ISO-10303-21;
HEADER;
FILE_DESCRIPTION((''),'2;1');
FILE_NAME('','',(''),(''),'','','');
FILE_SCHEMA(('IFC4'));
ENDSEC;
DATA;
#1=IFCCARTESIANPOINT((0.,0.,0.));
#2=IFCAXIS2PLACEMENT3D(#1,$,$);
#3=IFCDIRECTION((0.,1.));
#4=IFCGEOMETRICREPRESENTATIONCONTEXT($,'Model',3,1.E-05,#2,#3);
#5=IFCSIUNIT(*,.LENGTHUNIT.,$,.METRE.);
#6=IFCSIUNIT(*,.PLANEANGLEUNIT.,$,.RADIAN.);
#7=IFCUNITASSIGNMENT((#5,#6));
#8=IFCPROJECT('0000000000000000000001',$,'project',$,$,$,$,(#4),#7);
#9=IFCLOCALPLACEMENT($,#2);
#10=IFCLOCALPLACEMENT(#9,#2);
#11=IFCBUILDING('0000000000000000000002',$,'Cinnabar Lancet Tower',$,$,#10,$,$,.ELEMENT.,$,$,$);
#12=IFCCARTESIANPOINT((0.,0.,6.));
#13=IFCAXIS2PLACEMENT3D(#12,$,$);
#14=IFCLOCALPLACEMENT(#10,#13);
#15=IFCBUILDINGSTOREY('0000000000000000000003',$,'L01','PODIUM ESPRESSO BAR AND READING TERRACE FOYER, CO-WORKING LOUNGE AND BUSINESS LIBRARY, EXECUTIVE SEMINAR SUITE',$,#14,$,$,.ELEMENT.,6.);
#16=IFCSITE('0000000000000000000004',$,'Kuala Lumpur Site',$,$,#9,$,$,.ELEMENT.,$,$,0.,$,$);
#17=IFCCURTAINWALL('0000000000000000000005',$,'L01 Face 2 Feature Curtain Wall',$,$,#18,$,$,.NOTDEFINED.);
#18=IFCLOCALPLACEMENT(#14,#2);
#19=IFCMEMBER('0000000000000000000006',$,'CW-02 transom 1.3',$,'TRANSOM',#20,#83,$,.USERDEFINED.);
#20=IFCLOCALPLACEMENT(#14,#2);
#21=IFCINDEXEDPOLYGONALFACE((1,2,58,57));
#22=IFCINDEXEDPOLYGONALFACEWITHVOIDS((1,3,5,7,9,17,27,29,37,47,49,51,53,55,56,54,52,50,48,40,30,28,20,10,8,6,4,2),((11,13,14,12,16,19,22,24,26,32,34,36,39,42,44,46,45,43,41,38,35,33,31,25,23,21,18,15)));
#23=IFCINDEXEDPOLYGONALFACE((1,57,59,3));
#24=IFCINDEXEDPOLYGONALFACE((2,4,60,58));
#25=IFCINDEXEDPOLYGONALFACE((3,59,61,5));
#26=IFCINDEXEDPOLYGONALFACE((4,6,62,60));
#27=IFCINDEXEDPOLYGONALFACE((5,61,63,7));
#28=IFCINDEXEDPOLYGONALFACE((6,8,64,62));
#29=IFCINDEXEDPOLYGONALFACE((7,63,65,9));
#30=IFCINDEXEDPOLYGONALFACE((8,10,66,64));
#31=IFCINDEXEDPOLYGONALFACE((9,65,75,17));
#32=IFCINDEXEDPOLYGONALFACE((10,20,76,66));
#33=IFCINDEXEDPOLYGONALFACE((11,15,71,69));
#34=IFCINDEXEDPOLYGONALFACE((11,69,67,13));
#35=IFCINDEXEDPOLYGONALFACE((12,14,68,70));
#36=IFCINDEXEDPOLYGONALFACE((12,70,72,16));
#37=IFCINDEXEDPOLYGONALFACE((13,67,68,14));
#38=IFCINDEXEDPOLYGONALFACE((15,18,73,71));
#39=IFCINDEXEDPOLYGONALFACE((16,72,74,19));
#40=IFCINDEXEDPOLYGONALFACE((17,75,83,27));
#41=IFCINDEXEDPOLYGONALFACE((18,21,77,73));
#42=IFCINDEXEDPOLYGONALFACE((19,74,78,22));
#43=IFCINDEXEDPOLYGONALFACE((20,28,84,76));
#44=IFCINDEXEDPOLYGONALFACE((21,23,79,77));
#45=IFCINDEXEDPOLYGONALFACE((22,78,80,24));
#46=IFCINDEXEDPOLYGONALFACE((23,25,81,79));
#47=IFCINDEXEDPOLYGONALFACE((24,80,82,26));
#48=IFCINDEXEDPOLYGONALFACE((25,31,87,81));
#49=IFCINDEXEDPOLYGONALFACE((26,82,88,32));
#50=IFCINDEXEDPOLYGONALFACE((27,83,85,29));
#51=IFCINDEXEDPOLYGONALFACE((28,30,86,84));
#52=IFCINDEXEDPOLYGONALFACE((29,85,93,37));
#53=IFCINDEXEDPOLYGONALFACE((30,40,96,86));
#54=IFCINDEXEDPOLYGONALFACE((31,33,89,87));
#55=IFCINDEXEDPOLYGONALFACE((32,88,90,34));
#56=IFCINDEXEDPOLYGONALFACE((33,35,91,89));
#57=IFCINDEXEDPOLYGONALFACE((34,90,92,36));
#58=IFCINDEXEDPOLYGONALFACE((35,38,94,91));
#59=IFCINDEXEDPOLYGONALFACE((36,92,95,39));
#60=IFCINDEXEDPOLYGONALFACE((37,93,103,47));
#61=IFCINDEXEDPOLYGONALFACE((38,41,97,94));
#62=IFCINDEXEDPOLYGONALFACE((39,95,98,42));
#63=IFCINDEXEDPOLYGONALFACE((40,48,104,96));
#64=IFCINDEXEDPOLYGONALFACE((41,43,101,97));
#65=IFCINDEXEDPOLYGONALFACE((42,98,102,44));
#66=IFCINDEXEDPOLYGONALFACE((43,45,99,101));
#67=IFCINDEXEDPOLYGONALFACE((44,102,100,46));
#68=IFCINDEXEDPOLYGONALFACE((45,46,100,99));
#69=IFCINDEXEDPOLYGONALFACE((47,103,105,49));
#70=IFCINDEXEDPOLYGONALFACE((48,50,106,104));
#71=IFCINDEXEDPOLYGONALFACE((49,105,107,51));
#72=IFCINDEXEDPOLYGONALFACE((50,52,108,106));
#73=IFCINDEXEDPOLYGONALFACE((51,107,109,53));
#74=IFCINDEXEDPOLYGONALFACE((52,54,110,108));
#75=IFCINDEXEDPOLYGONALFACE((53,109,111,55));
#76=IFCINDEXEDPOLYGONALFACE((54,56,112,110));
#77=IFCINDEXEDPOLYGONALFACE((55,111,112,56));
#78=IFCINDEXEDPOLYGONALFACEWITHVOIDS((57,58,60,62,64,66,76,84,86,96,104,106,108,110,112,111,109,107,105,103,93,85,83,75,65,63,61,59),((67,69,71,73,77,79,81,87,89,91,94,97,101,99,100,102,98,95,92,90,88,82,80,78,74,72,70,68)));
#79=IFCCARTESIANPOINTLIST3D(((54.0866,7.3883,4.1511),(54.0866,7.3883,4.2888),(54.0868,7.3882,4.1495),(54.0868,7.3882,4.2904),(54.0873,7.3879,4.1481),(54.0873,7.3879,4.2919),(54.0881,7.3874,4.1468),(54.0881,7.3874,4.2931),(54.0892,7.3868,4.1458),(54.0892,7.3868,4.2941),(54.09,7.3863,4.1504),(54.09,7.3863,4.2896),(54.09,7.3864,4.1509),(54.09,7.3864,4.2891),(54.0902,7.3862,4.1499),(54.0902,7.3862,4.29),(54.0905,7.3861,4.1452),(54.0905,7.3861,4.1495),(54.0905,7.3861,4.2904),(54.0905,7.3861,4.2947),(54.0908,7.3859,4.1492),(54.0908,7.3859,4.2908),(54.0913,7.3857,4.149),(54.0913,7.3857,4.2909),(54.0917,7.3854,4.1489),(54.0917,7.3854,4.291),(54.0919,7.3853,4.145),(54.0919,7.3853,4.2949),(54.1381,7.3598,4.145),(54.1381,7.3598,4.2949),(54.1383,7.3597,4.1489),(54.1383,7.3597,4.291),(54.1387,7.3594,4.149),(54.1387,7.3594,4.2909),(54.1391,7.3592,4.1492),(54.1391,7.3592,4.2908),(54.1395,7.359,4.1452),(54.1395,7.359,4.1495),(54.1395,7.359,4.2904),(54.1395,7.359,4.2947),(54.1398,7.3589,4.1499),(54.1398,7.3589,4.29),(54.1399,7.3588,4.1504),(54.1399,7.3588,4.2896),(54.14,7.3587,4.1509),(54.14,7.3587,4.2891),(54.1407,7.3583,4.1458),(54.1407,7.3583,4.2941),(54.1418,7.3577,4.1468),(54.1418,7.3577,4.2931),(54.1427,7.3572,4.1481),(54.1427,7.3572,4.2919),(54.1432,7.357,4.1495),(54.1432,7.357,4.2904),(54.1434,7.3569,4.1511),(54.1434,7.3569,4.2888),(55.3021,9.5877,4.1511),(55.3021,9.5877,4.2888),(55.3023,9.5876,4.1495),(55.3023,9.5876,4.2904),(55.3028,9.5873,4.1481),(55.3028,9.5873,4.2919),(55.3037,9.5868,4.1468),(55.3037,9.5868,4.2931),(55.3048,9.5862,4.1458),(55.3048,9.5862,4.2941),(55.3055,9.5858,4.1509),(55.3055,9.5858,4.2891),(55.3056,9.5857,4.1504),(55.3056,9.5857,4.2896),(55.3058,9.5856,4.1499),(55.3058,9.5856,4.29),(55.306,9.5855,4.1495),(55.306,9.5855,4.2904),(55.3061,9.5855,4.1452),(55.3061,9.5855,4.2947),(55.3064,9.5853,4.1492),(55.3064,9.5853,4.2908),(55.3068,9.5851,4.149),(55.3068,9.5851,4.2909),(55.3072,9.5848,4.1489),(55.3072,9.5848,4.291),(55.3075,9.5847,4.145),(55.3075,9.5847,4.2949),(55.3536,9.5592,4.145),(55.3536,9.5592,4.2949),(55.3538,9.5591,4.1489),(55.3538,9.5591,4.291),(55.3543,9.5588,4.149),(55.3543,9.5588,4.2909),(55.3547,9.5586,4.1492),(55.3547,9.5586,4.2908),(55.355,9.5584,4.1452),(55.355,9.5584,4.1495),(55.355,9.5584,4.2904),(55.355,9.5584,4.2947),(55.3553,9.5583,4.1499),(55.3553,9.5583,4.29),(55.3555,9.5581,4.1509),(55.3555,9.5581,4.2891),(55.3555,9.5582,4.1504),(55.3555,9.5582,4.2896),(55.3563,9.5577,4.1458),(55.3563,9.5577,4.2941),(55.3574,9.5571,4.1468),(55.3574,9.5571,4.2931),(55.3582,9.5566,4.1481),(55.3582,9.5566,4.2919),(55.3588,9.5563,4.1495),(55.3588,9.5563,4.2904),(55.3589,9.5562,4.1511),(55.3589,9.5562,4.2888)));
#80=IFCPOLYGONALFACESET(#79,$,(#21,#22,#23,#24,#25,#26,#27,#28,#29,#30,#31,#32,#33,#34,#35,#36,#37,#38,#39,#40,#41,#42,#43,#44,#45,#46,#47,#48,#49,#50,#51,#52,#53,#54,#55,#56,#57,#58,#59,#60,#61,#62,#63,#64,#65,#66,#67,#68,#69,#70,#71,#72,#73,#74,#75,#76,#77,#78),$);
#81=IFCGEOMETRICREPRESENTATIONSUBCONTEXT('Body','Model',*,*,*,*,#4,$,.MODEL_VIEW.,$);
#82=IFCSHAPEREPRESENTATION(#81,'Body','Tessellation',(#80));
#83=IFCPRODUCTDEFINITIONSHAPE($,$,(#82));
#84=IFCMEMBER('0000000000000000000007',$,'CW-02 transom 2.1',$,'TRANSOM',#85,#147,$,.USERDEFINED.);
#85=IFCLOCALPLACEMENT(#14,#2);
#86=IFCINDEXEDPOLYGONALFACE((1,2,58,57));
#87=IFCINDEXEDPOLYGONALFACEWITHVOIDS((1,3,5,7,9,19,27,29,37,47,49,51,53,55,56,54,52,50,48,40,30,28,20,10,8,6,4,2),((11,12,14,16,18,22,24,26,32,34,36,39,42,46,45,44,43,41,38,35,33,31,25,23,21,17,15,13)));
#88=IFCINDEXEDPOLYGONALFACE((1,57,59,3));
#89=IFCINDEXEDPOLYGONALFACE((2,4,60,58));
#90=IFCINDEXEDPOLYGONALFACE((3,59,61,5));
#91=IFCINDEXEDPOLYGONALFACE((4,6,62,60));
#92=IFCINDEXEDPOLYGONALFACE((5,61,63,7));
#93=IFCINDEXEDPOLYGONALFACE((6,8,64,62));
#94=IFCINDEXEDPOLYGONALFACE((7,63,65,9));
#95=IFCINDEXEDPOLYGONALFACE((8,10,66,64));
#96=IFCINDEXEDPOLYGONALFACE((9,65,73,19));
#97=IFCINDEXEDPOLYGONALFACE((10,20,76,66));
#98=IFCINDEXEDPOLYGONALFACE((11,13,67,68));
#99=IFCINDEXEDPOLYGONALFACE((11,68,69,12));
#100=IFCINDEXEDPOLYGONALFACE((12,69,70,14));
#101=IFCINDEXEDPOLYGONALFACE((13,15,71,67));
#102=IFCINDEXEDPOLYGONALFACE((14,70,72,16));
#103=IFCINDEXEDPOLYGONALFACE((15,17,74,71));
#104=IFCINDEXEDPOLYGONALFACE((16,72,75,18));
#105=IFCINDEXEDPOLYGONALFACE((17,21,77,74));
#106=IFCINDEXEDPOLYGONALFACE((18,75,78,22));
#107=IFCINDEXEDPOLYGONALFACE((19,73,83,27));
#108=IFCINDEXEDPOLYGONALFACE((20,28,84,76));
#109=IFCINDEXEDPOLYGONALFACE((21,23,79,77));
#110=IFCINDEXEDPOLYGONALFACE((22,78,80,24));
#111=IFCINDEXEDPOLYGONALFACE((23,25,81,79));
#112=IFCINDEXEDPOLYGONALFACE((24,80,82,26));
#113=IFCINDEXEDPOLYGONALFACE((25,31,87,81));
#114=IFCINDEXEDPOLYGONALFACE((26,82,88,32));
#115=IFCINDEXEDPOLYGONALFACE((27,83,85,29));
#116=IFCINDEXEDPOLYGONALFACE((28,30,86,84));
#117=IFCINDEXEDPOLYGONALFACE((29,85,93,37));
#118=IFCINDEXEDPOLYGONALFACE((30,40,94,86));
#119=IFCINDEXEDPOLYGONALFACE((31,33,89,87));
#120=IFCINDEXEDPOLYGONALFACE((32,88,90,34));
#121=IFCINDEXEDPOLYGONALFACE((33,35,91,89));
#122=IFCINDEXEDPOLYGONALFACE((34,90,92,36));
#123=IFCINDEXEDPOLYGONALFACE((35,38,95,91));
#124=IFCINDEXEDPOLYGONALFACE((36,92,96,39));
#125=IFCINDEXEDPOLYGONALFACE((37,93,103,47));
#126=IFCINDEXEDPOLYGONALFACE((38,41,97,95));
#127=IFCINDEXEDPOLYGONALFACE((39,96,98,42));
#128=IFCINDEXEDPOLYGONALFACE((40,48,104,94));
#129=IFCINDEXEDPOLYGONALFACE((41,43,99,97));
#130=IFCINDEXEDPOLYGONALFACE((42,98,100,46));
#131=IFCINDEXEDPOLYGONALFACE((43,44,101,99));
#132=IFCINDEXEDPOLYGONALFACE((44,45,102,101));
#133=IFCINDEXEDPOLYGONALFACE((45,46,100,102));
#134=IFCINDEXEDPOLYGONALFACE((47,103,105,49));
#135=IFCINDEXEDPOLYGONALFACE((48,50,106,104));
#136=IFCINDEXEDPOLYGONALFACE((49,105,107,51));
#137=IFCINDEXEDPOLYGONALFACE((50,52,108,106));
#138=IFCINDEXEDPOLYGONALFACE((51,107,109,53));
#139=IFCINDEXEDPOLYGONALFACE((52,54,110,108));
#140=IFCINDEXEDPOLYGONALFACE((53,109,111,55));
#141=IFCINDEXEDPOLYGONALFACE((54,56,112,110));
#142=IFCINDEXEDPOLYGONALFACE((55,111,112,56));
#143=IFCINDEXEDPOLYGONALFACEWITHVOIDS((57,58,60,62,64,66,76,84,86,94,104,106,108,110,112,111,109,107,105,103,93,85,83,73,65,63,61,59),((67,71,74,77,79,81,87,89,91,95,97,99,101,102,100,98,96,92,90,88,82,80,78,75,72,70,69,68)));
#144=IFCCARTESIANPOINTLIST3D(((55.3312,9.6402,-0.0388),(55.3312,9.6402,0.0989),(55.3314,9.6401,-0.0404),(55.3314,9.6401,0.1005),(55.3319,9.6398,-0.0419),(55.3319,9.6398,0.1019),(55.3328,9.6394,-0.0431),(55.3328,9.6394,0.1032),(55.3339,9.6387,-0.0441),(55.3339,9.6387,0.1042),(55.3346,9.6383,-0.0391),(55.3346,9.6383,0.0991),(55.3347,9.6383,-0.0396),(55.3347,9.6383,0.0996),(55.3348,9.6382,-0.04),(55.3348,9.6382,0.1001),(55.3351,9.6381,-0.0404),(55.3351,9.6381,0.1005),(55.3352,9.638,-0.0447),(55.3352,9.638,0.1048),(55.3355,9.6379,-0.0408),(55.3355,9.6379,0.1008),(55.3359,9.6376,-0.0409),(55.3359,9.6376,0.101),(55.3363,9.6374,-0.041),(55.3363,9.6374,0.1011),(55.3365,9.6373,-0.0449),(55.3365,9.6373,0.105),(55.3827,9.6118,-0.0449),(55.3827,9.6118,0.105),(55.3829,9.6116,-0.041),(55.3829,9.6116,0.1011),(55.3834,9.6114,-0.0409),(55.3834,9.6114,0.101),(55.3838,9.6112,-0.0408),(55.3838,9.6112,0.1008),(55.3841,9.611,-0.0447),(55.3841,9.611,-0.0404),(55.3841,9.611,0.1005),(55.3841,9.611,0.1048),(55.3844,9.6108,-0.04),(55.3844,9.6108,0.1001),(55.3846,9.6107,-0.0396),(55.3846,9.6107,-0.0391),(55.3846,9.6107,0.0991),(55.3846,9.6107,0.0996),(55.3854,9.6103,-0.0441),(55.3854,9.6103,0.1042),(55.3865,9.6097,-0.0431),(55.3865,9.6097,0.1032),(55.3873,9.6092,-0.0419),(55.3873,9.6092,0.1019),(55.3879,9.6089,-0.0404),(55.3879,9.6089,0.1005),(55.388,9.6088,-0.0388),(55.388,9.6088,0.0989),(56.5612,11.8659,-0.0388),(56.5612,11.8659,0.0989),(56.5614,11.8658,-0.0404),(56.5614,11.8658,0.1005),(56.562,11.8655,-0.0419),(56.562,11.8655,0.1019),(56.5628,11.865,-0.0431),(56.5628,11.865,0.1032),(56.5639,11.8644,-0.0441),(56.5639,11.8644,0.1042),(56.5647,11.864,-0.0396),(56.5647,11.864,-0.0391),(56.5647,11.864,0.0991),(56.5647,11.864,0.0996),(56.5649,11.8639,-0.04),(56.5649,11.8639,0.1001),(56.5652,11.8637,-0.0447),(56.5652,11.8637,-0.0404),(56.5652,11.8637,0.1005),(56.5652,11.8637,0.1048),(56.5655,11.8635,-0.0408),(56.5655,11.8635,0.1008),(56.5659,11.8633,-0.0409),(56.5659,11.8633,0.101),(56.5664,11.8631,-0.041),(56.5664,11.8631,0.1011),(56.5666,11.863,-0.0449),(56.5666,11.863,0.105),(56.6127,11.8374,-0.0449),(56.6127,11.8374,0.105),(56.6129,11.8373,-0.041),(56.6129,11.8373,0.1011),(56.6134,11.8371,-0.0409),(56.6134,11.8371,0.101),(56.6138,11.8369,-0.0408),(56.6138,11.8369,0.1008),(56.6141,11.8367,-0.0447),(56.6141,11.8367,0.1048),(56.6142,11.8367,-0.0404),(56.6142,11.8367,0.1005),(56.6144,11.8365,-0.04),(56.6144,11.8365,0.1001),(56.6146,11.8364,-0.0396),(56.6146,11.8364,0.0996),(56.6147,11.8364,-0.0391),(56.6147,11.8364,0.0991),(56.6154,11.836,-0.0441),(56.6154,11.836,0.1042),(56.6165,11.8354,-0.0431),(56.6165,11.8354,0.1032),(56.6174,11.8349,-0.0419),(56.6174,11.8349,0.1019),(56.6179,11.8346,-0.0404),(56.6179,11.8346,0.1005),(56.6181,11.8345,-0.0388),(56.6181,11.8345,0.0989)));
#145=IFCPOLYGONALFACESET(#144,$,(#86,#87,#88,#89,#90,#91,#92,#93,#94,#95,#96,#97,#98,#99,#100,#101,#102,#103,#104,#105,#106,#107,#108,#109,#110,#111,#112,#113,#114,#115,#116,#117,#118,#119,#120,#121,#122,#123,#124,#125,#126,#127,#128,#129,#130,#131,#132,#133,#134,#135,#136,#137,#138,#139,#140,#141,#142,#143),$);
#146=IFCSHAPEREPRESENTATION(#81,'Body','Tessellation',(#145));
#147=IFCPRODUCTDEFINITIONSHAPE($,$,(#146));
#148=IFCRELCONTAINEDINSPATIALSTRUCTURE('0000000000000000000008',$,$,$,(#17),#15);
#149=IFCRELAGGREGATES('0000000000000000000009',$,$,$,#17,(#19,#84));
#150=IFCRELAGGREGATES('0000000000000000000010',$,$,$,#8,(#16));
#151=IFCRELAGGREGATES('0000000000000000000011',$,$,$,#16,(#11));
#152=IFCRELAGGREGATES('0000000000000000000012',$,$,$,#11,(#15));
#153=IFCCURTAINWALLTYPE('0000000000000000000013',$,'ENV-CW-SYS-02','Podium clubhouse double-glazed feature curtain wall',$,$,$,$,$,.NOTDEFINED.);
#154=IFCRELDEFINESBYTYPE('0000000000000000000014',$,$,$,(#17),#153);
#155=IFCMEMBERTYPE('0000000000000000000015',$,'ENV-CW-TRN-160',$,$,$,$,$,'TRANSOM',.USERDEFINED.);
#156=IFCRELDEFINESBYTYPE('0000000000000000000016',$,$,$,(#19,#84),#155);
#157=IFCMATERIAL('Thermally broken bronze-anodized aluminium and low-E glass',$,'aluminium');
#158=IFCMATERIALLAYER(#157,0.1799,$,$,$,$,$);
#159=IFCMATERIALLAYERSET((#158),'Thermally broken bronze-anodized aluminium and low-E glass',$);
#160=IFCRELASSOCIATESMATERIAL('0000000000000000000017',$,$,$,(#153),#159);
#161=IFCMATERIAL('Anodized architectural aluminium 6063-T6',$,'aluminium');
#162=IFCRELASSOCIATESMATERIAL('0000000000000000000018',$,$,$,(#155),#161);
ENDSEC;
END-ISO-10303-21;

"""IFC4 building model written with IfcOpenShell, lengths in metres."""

from ifc_helpers import new_model, si_unit, direction, frame, origin, origin_2d, place, context, subcontext, project, spatial, hollow_rectangle, extrude, material, layer, layer_set, material_profile, profile_set, type_object, element, aggregate, save


model = new_model("IFC4")

# Units and contexts
model_context = context("Model", 3, precision=1e-05, world=origin(), true_north=direction((0.0, 1.0)))
body_context = subcontext(model_context, "Body", "Model", "MODEL_VIEW")
ifc_project = project(units=[si_unit("LENGTHUNIT", "METRE"), si_unit("PLANEANGLEUNIT", "RADIAN")], contexts=[model_context])

# Site, building, storey
site_placement = place(None, origin())
site = spatial("IfcSite", under=ifc_project, at=site_placement, Name="Kuala Lumpur Site", CompositionType="ELEMENT", RefElevation=0.0)
building_placement = place(site_placement, origin())
building = spatial("IfcBuilding", under=site, at=building_placement, Name="Cinnabar Lancet Tower", CompositionType="ELEMENT")
storey_placement = place(building_placement, frame((0.0, 0.0, 6.0)))
storey = spatial("IfcBuildingStorey", under=building, at=storey_placement, Name="L01", Description="PODIUM ESPRESSO BAR AND READING TERRACE FOYER, CO-WORKING LOUNGE AND BUSINESS LIBRARY, EXECUTIVE SEMINAR SUITE", CompositionType="ELEMENT", Elevation=6.0)

# Curtain wall, members
ifc_material_1 = material(Name="Thermally broken bronze-anodized aluminium and low-E glass", Category="aluminium")
ifc_layer_1 = layer(ifc_material_1, 0.1799)
ifc_layer_set_1 = layer_set([ifc_layer_1], Name="Thermally broken bronze-anodized aluminium and low-E glass")
curtain_wall_type = type_object("IfcCurtainWallType", Name="ENV-CW-SYS-02", Description="Podium clubhouse double-glazed feature curtain wall", PredefinedType="NOTDEFINED", material=ifc_layer_set_1)
curtain_wall_placement = place(storey_placement, origin())
curtain_wall = element("IfcCurtainWall", 1, at=curtain_wall_placement, inside=storey, type_object=curtain_wall_type, Name="L01 Face 2 Feature Curtain Wall", PredefinedType="NOTDEFINED")
ifc_material_2 = material(Name="Anodized architectural aluminium 6063-T6", Category="aluminium")
ifc_material_profile_1 = material_profile(ifc_material_2, hollow_rectangle(XDim=0.0649, YDim=0.1499, WallThickness=0.0039, InnerFilletRadius=0.002, OuterFilletRadius=0.0061, at=origin_2d()), Name="CW-TRN 150x65x4")
ifc_profile_set_1 = profile_set([ifc_material_profile_1], Name="Anodized architectural aluminium 6063-T6")
member_type_1 = type_object("IfcMemberType", Name="ENV-CW-TRN-160", ElementType="TRANSOM", PredefinedType="USERDEFINED", material=ifc_profile_set_1)
member_1_placement = place(storey_placement, frame((54.115, 7.3726, 4.22), z_axis=(0.483712, 0.875227, 0.0), x_axis=(-0.875227, 0.483712, 0.0)))
member_1 = element("IfcMember", 2, at=member_1_placement, type_object=member_type_1, Name="CW-02 transom 1.3", ObjectType="TRANSOM", PredefinedType="USERDEFINED", context=body_context, shape_type="SweptSolid", body=[
    extrude(hollow_rectangle(XDim=0.0649, YDim=0.1499, WallThickness=0.0039, InnerFilletRadius=0.002, OuterFilletRadius=0.0061, at=origin_2d()), origin(), (0.0, 0.0, 1.0), 2.5129),
])
member_2_placement = place(storey_placement, frame((55.3596, 9.6245, 0.03), z_axis=(0.483702, 0.875233, 0.0), x_axis=(-0.875233, 0.483702, 0.0)))
member_2 = element("IfcMember", 3, at=member_2_placement, type_object=member_type_1, Name="CW-02 transom 2.1", ObjectType="TRANSOM", PredefinedType="USERDEFINED", context=body_context, shape_type="SweptSolid", body=[
    extrude(hollow_rectangle(XDim=0.0649, YDim=0.1499, WallThickness=0.0039, InnerFilletRadius=0.002, OuterFilletRadius=0.0061, at=origin_2d()), origin(), (0.0, 0.0, 1.0), 2.543),
])
aggregate(curtain_wall, [member_1, member_2])

save(model, "model.ifc")
